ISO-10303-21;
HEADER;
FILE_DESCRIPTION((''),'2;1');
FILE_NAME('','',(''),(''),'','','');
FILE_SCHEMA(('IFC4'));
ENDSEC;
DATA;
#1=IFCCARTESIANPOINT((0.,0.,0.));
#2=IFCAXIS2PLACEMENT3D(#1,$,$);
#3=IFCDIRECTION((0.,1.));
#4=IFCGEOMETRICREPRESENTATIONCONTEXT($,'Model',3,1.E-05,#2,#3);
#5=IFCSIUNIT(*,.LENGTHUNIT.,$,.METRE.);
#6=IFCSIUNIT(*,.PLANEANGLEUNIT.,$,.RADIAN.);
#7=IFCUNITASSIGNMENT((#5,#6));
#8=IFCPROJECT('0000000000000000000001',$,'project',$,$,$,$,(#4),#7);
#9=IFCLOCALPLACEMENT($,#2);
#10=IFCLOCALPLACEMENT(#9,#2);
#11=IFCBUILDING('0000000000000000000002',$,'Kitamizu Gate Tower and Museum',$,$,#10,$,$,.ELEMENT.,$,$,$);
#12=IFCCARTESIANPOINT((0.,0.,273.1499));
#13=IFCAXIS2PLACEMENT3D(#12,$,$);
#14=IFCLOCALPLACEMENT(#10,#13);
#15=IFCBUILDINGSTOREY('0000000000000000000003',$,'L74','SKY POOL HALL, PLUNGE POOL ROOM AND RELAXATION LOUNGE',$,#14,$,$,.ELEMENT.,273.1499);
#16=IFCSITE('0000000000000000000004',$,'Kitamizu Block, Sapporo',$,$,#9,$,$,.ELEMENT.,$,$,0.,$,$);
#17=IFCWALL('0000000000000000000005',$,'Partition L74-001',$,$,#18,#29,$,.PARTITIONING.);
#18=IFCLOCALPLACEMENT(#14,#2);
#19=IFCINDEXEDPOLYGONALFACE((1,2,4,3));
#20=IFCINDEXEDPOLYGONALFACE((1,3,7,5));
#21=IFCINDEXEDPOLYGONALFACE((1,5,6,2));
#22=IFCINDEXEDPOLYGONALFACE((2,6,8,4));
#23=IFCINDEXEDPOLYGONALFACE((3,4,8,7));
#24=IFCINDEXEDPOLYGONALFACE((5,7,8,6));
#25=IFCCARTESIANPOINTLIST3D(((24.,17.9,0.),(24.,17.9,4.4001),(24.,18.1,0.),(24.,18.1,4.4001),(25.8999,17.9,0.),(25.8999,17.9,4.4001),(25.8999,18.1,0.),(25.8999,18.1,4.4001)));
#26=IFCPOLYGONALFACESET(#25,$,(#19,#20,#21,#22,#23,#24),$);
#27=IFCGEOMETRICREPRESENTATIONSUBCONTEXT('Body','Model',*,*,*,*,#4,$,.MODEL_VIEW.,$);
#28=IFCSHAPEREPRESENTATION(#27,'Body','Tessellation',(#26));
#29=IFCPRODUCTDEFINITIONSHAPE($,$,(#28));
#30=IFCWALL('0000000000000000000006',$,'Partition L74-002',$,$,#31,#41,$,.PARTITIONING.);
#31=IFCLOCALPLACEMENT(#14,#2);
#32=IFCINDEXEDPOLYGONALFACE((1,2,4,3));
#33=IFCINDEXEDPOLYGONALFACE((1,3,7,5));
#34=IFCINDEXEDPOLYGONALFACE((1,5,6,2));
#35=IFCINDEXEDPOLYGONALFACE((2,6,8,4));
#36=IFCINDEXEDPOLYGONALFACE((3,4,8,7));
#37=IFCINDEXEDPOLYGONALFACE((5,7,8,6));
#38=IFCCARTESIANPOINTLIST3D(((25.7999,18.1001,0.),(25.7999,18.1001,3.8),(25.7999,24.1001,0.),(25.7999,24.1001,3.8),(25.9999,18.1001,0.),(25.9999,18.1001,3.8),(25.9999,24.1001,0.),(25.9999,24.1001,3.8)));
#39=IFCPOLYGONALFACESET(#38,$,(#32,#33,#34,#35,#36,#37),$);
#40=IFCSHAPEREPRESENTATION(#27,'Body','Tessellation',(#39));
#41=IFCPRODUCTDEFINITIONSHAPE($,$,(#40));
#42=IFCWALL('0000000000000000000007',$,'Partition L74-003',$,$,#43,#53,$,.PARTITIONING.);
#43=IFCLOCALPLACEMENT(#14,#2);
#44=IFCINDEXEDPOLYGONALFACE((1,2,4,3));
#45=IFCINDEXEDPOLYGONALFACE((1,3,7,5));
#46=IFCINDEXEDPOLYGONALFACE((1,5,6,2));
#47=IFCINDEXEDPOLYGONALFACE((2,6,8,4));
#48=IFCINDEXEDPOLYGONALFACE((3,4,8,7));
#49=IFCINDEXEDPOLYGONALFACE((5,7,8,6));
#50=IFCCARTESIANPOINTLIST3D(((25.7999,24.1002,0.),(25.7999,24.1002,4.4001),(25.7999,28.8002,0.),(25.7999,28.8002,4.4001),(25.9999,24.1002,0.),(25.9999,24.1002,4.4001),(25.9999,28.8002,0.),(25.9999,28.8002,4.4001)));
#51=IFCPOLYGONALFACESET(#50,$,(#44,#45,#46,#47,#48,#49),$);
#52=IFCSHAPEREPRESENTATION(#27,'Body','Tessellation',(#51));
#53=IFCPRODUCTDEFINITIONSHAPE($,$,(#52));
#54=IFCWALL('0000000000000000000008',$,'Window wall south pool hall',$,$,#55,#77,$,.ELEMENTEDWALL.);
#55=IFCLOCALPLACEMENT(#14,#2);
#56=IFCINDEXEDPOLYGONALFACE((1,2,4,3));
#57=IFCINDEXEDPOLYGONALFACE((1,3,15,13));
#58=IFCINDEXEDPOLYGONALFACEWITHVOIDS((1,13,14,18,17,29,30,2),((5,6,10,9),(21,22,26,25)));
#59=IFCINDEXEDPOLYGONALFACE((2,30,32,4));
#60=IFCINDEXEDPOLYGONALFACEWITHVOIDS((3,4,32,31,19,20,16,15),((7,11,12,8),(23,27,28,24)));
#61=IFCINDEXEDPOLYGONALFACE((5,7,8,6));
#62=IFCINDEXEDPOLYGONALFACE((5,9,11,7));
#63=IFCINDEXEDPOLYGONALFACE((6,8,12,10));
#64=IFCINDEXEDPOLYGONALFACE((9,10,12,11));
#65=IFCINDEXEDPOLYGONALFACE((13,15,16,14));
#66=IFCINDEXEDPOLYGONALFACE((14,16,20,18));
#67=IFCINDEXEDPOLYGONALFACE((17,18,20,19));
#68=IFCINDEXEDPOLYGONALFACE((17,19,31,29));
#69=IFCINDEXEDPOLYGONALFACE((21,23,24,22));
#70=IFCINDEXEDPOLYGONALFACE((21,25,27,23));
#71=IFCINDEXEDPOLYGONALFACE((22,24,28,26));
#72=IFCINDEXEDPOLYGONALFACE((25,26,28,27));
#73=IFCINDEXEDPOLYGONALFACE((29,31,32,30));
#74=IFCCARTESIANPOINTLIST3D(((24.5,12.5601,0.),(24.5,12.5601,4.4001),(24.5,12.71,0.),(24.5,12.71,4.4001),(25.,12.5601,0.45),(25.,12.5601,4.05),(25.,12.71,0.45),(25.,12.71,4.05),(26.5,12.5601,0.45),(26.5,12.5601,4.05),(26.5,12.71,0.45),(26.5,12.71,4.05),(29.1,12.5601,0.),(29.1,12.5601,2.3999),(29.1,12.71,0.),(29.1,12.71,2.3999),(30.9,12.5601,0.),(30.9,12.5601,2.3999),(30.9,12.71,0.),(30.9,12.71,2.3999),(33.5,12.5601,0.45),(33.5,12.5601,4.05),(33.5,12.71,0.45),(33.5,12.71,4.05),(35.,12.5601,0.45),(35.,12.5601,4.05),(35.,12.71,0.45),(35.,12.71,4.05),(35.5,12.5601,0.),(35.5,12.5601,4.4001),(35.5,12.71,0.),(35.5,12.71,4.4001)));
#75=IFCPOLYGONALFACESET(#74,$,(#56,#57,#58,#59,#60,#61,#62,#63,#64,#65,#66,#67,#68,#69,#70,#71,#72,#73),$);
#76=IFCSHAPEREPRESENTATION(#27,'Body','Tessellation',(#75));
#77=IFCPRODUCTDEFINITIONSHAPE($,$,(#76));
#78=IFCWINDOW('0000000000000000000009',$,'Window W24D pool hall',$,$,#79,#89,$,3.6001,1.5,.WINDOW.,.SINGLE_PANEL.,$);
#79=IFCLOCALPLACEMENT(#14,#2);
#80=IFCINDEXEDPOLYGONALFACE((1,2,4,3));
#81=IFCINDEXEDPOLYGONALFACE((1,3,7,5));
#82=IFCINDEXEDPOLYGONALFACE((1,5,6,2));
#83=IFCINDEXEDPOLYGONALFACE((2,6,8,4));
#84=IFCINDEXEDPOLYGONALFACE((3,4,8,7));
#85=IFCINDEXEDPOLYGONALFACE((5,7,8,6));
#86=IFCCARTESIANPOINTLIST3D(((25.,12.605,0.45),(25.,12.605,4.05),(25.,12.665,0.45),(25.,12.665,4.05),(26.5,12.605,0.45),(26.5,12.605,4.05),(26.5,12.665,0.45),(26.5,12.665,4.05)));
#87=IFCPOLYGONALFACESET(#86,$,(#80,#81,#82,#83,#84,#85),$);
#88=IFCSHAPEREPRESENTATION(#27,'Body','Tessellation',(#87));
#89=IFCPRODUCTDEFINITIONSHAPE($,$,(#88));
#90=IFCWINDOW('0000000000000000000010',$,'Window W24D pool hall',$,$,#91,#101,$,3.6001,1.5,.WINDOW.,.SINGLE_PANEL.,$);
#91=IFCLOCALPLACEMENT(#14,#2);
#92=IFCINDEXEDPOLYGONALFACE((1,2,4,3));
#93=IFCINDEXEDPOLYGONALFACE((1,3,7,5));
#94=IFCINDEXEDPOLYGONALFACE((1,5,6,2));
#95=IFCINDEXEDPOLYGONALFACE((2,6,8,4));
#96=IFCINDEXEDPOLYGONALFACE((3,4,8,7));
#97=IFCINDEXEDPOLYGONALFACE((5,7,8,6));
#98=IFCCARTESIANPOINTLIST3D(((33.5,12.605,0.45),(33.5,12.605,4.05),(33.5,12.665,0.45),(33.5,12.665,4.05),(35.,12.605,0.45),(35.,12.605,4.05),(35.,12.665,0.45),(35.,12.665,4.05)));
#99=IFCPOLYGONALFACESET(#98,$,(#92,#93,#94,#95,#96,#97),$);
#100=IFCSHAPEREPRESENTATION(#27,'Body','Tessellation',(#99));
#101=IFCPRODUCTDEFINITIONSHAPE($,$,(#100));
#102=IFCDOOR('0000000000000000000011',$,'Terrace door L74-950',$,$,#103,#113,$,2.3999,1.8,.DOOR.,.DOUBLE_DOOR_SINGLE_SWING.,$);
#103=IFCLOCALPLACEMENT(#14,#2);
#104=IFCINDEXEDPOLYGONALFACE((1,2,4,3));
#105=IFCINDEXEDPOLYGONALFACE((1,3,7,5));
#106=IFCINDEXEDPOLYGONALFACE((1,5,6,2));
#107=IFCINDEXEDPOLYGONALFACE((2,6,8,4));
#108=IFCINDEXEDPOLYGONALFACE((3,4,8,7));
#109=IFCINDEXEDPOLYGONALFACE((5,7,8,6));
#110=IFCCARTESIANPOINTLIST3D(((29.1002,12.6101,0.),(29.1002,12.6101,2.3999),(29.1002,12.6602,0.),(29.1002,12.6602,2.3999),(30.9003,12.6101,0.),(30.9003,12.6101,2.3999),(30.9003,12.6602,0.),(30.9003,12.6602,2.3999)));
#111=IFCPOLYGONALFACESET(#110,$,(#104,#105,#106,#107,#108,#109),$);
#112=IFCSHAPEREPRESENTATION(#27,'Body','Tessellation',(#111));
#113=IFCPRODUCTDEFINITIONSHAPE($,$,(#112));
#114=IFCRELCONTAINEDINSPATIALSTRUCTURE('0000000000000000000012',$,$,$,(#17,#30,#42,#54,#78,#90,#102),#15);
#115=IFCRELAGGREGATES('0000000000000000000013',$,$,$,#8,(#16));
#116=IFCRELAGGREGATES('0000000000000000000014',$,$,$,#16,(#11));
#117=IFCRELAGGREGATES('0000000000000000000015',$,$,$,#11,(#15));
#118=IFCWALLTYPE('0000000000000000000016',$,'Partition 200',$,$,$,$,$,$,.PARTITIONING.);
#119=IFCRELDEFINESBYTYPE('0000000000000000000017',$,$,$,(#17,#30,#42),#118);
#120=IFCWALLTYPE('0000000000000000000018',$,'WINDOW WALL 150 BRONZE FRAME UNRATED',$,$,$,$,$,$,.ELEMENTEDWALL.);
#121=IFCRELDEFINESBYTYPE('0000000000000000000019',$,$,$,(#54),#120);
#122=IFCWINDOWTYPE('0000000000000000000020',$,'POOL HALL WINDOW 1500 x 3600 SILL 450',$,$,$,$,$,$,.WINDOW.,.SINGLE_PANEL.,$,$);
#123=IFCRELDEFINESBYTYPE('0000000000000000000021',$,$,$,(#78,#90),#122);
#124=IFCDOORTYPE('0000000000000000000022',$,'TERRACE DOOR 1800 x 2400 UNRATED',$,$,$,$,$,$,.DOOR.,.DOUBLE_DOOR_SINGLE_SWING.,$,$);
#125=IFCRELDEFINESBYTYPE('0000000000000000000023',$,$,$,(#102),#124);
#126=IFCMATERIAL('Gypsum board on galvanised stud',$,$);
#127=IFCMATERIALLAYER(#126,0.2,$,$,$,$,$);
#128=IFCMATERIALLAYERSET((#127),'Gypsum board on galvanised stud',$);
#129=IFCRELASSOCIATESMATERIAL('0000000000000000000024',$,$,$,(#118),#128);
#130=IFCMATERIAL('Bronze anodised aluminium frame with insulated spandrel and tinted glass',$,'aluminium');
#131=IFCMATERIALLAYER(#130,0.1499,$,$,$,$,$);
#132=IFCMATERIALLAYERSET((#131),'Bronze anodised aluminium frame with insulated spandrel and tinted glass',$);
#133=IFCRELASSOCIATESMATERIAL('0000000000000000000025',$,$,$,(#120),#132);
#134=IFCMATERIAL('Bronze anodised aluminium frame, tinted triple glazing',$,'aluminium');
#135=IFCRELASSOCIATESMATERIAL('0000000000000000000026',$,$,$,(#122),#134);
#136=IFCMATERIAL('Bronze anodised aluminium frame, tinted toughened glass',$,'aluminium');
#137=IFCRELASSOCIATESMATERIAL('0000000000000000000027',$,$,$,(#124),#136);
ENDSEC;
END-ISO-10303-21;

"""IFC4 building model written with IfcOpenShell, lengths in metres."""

from ifc_helpers import new_model, si_unit, direction, frame, frame_2d, origin, place, context, subcontext, project, spatial, rectangle, extrude, material, layer, layer_set, type_object, element, fill, save


model = new_model("IFC4")

# Units and contexts
model_context = context("Model", 3, precision=1e-05, world=origin(), true_north=direction((0.0, 1.0)))
body_context = subcontext(model_context, "Body", "Model", "MODEL_VIEW")
ifc_project = project(units=[si_unit("LENGTHUNIT", "METRE"), si_unit("PLANEANGLEUNIT", "RADIAN")], contexts=[model_context])

# Site, building, storey
site_placement = place(None, origin())
site = spatial("IfcSite", under=ifc_project, at=site_placement, Name="Kitamizu Block, Sapporo", CompositionType="ELEMENT", RefElevation=0.0)
building_placement = place(site_placement, origin())
building = spatial("IfcBuilding", under=site, at=building_placement, Name="Kitamizu Gate Tower and Museum", CompositionType="ELEMENT")
storey_placement = place(building_placement, frame((0.0, 0.0, 273.1499)))
storey = spatial("IfcBuildingStorey", under=building, at=storey_placement, Name="L74", Description="SKY POOL HALL, PLUNGE POOL ROOM AND RELAXATION LOUNGE", CompositionType="ELEMENT", Elevation=273.1499)

# Walls
ifc_material_1 = material(Name="Gypsum board on galvanised stud")
ifc_layer_1 = layer(ifc_material_1, 0.2)
ifc_layer_set_1 = layer_set([ifc_layer_1], Name="Gypsum board on galvanised stud")
wall_type_1 = type_object("IfcWallType", Name="Partition 200", PredefinedType="PARTITIONING", material=ifc_layer_set_1)
wall_1_placement = place(storey_placement, frame((24.0, 18.0, 0.0), z_axis=(0.0, 0.0, 1.0), x_axis=(1.0, 0.0, 0.0)))
element("IfcWall", 1, at=wall_1_placement, inside=storey, type_object=wall_type_1, Name="Partition L74-001", PredefinedType="PARTITIONING", context=body_context, shape_type="SweptSolid", body=[
    extrude(rectangle(XDim=1.8999, YDim=0.2, at=frame_2d((0.95, 0.0))), origin(), (0.0, 0.0, 1.0), 4.4001),
])
wall_2_placement = place(storey_placement, frame((25.8999, 18.1001, 0.0), z_axis=(0.0, 0.0, 1.0), x_axis=(0.0, 1.0, 0.0)))
element("IfcWall", 2, at=wall_2_placement, inside=storey, type_object=wall_type_1, Name="Partition L74-002", PredefinedType="PARTITIONING", context=body_context, shape_type="SweptSolid", body=[
    extrude(rectangle(XDim=6.0, YDim=0.2, at=frame_2d((3.0, 0.0))), origin(), (0.0, 0.0, 1.0), 3.8),
])
wall_3_placement = place(storey_placement, frame((25.8999, 24.1001, 0.0), z_axis=(0.0, 0.0, 1.0), x_axis=(0.0, 1.0, 0.0)))
element("IfcWall", 3, at=wall_3_placement, inside=storey, type_object=wall_type_1, Name="Partition L74-003", PredefinedType="PARTITIONING", context=body_context, shape_type="SweptSolid", body=[
    extrude(rectangle(XDim=4.7, YDim=0.2, at=frame_2d((2.3501, 0.0))), origin(), (0.0, 0.0, 1.0), 4.4001),
])

# Wall, openings, windows, door
ifc_material_2 = material(Name="Bronze anodised aluminium frame with insulated spandrel and tinted glass", Category="aluminium")
ifc_layer_2 = layer(ifc_material_2, 0.1499)
ifc_layer_set_2 = layer_set([ifc_layer_2], Name="Bronze anodised aluminium frame with insulated spandrel and tinted glass")
wall_type_2 = type_object("IfcWallType", Name="WINDOW WALL 150 BRONZE FRAME UNRATED", PredefinedType="ELEMENTEDWALL", material=ifc_layer_set_2)
wall_4_placement = place(storey_placement, frame((24.5, 12.635, 0.0), z_axis=(0.0, 0.0, 1.0), x_axis=(1.0, 0.0, 0.0)))
wall_4 = element("IfcWall", 4, at=wall_4_placement, inside=storey, type_object=wall_type_2, Name="Window wall south pool hall", PredefinedType="ELEMENTEDWALL", context=body_context, shape_type="SweptSolid", body=[
    extrude(rectangle(XDim=11.0, YDim=0.1499, at=frame_2d((5.5, 0.0))), origin(), (0.0, 0.0, 1.0), 4.4001),
])
opening_1_placement = place(wall_4_placement, frame((0.5, 0.0, 0.45)))
opening_1 = element("IfcOpeningElement", 5, at=opening_1_placement, cuts=wall_4, PredefinedType="OPENING", context=body_context, shape_type="SweptSolid", body=[
    extrude(rectangle(XDim=1.5, YDim=3.6001, at=frame_2d((0.75, 1.8))), frame((0.0, 0.085, 0.0), z_axis=(0.0, -1.0, 0.0), x_axis=(1.0, 0.0, 0.0)), (0.0, 0.0, 1.0), 0.1699),
])
opening_2_placement = place(wall_4_placement, frame((9.0, 0.0, 0.45)))
opening_2 = element("IfcOpeningElement", 6, at=opening_2_placement, cuts=wall_4, PredefinedType="OPENING", context=body_context, shape_type="SweptSolid", body=[
    extrude(rectangle(XDim=1.5, YDim=3.6001, at=frame_2d((0.75, 1.8))), frame((0.0, 0.085, 0.0), z_axis=(0.0, -1.0, 0.0), x_axis=(1.0, 0.0, 0.0)), (0.0, 0.0, 1.0), 0.1699),
])
opening_3_placement = place(wall_4_placement, frame((4.6001, 0.0, 0.0)))
opening_3 = element("IfcOpeningElement", 7, at=opening_3_placement, cuts=wall_4, PredefinedType="OPENING", context=body_context, shape_type="SweptSolid", body=[
    extrude(rectangle(XDim=1.8, YDim=2.3999, at=frame_2d((0.8999, 1.2))), frame((0.0, 0.085, 0.0), z_axis=(0.0, -1.0, 0.0), x_axis=(1.0, 0.0, 0.0)), (0.0, 0.0, 1.0), 0.1699),
])
ifc_material_3 = material(Name="Bronze anodised aluminium frame, tinted triple glazing", Category="aluminium")
window_type = type_object("IfcWindowType", Name="POOL HALL WINDOW 1500 x 3600 SILL 450", PartitioningType="SINGLE_PANEL", PredefinedType="WINDOW", material=ifc_material_3)
window_1_placement = place(opening_1_placement, origin())
window_1 = element("IfcWindow", 8, at=window_1_placement, inside=storey, type_object=window_type, Name="Window W24D pool hall", OverallHeight=3.6001, OverallWidth=1.5, PartitioningType="SINGLE_PANEL", PredefinedType="WINDOW", context=body_context, shape_type="SweptSolid", body=[
    extrude(rectangle(XDim=1.5, YDim=3.6001, at=frame_2d((0.75, 1.8))), frame((0.0, 0.03, 0.0), z_axis=(0.0, -1.0, 0.0), x_axis=(1.0, 0.0, 0.0)), (0.0, 0.0, 1.0), 0.0601),
])
fill(opening_1, window_1)
window_2_placement = place(opening_2_placement, origin())
window_2 = element("IfcWindow", 9, at=window_2_placement, inside=storey, type_object=window_type, Name="Window W24D pool hall", OverallHeight=3.6001, OverallWidth=1.5, PartitioningType="SINGLE_PANEL", PredefinedType="WINDOW", context=body_context, shape_type="SweptSolid", body=[
    extrude(rectangle(XDim=1.5, YDim=3.6001, at=frame_2d((0.75, 1.8))), frame((0.0, 0.03, 0.0), z_axis=(0.0, -1.0, 0.0), x_axis=(1.0, 0.0, 0.0)), (0.0, 0.0, 1.0), 0.0601),
])
fill(opening_2, window_2)
ifc_material_4 = material(Name="Bronze anodised aluminium frame, tinted toughened glass", Category="aluminium")
door_type_1 = type_object("IfcDoorType", Name="TERRACE DOOR 1800 x 2400 UNRATED", OperationType="DOUBLE_DOOR_SINGLE_SWING", PredefinedType="DOOR", material=ifc_material_4)
door_1_placement = place(opening_3_placement, frame((1.8, 0.0, 0.0), x_axis=(-1.0, 0.0, 0.0)))
door_1 = element("IfcDoor", 10, at=door_1_placement, inside=storey, type_object=door_type_1, Name="Terrace door L74-950", OperationType="DOUBLE_DOOR_SINGLE_SWING", OverallHeight=2.3999, OverallWidth=1.8, PredefinedType="DOOR", context=body_context, shape_type="SweptSolid", body=[
    extrude(rectangle(XDim=1.8, YDim=2.3999, at=frame_2d((0.8999, 1.2))), frame((0.0, 0.0249, 0.0), z_axis=(0.0, -1.0, 0.0), x_axis=(1.0, 0.0, 0.0)), (0.0, 0.0, 1.0), 0.05),
])
fill(opening_3, door_1)

save(model, "model.ifc")
